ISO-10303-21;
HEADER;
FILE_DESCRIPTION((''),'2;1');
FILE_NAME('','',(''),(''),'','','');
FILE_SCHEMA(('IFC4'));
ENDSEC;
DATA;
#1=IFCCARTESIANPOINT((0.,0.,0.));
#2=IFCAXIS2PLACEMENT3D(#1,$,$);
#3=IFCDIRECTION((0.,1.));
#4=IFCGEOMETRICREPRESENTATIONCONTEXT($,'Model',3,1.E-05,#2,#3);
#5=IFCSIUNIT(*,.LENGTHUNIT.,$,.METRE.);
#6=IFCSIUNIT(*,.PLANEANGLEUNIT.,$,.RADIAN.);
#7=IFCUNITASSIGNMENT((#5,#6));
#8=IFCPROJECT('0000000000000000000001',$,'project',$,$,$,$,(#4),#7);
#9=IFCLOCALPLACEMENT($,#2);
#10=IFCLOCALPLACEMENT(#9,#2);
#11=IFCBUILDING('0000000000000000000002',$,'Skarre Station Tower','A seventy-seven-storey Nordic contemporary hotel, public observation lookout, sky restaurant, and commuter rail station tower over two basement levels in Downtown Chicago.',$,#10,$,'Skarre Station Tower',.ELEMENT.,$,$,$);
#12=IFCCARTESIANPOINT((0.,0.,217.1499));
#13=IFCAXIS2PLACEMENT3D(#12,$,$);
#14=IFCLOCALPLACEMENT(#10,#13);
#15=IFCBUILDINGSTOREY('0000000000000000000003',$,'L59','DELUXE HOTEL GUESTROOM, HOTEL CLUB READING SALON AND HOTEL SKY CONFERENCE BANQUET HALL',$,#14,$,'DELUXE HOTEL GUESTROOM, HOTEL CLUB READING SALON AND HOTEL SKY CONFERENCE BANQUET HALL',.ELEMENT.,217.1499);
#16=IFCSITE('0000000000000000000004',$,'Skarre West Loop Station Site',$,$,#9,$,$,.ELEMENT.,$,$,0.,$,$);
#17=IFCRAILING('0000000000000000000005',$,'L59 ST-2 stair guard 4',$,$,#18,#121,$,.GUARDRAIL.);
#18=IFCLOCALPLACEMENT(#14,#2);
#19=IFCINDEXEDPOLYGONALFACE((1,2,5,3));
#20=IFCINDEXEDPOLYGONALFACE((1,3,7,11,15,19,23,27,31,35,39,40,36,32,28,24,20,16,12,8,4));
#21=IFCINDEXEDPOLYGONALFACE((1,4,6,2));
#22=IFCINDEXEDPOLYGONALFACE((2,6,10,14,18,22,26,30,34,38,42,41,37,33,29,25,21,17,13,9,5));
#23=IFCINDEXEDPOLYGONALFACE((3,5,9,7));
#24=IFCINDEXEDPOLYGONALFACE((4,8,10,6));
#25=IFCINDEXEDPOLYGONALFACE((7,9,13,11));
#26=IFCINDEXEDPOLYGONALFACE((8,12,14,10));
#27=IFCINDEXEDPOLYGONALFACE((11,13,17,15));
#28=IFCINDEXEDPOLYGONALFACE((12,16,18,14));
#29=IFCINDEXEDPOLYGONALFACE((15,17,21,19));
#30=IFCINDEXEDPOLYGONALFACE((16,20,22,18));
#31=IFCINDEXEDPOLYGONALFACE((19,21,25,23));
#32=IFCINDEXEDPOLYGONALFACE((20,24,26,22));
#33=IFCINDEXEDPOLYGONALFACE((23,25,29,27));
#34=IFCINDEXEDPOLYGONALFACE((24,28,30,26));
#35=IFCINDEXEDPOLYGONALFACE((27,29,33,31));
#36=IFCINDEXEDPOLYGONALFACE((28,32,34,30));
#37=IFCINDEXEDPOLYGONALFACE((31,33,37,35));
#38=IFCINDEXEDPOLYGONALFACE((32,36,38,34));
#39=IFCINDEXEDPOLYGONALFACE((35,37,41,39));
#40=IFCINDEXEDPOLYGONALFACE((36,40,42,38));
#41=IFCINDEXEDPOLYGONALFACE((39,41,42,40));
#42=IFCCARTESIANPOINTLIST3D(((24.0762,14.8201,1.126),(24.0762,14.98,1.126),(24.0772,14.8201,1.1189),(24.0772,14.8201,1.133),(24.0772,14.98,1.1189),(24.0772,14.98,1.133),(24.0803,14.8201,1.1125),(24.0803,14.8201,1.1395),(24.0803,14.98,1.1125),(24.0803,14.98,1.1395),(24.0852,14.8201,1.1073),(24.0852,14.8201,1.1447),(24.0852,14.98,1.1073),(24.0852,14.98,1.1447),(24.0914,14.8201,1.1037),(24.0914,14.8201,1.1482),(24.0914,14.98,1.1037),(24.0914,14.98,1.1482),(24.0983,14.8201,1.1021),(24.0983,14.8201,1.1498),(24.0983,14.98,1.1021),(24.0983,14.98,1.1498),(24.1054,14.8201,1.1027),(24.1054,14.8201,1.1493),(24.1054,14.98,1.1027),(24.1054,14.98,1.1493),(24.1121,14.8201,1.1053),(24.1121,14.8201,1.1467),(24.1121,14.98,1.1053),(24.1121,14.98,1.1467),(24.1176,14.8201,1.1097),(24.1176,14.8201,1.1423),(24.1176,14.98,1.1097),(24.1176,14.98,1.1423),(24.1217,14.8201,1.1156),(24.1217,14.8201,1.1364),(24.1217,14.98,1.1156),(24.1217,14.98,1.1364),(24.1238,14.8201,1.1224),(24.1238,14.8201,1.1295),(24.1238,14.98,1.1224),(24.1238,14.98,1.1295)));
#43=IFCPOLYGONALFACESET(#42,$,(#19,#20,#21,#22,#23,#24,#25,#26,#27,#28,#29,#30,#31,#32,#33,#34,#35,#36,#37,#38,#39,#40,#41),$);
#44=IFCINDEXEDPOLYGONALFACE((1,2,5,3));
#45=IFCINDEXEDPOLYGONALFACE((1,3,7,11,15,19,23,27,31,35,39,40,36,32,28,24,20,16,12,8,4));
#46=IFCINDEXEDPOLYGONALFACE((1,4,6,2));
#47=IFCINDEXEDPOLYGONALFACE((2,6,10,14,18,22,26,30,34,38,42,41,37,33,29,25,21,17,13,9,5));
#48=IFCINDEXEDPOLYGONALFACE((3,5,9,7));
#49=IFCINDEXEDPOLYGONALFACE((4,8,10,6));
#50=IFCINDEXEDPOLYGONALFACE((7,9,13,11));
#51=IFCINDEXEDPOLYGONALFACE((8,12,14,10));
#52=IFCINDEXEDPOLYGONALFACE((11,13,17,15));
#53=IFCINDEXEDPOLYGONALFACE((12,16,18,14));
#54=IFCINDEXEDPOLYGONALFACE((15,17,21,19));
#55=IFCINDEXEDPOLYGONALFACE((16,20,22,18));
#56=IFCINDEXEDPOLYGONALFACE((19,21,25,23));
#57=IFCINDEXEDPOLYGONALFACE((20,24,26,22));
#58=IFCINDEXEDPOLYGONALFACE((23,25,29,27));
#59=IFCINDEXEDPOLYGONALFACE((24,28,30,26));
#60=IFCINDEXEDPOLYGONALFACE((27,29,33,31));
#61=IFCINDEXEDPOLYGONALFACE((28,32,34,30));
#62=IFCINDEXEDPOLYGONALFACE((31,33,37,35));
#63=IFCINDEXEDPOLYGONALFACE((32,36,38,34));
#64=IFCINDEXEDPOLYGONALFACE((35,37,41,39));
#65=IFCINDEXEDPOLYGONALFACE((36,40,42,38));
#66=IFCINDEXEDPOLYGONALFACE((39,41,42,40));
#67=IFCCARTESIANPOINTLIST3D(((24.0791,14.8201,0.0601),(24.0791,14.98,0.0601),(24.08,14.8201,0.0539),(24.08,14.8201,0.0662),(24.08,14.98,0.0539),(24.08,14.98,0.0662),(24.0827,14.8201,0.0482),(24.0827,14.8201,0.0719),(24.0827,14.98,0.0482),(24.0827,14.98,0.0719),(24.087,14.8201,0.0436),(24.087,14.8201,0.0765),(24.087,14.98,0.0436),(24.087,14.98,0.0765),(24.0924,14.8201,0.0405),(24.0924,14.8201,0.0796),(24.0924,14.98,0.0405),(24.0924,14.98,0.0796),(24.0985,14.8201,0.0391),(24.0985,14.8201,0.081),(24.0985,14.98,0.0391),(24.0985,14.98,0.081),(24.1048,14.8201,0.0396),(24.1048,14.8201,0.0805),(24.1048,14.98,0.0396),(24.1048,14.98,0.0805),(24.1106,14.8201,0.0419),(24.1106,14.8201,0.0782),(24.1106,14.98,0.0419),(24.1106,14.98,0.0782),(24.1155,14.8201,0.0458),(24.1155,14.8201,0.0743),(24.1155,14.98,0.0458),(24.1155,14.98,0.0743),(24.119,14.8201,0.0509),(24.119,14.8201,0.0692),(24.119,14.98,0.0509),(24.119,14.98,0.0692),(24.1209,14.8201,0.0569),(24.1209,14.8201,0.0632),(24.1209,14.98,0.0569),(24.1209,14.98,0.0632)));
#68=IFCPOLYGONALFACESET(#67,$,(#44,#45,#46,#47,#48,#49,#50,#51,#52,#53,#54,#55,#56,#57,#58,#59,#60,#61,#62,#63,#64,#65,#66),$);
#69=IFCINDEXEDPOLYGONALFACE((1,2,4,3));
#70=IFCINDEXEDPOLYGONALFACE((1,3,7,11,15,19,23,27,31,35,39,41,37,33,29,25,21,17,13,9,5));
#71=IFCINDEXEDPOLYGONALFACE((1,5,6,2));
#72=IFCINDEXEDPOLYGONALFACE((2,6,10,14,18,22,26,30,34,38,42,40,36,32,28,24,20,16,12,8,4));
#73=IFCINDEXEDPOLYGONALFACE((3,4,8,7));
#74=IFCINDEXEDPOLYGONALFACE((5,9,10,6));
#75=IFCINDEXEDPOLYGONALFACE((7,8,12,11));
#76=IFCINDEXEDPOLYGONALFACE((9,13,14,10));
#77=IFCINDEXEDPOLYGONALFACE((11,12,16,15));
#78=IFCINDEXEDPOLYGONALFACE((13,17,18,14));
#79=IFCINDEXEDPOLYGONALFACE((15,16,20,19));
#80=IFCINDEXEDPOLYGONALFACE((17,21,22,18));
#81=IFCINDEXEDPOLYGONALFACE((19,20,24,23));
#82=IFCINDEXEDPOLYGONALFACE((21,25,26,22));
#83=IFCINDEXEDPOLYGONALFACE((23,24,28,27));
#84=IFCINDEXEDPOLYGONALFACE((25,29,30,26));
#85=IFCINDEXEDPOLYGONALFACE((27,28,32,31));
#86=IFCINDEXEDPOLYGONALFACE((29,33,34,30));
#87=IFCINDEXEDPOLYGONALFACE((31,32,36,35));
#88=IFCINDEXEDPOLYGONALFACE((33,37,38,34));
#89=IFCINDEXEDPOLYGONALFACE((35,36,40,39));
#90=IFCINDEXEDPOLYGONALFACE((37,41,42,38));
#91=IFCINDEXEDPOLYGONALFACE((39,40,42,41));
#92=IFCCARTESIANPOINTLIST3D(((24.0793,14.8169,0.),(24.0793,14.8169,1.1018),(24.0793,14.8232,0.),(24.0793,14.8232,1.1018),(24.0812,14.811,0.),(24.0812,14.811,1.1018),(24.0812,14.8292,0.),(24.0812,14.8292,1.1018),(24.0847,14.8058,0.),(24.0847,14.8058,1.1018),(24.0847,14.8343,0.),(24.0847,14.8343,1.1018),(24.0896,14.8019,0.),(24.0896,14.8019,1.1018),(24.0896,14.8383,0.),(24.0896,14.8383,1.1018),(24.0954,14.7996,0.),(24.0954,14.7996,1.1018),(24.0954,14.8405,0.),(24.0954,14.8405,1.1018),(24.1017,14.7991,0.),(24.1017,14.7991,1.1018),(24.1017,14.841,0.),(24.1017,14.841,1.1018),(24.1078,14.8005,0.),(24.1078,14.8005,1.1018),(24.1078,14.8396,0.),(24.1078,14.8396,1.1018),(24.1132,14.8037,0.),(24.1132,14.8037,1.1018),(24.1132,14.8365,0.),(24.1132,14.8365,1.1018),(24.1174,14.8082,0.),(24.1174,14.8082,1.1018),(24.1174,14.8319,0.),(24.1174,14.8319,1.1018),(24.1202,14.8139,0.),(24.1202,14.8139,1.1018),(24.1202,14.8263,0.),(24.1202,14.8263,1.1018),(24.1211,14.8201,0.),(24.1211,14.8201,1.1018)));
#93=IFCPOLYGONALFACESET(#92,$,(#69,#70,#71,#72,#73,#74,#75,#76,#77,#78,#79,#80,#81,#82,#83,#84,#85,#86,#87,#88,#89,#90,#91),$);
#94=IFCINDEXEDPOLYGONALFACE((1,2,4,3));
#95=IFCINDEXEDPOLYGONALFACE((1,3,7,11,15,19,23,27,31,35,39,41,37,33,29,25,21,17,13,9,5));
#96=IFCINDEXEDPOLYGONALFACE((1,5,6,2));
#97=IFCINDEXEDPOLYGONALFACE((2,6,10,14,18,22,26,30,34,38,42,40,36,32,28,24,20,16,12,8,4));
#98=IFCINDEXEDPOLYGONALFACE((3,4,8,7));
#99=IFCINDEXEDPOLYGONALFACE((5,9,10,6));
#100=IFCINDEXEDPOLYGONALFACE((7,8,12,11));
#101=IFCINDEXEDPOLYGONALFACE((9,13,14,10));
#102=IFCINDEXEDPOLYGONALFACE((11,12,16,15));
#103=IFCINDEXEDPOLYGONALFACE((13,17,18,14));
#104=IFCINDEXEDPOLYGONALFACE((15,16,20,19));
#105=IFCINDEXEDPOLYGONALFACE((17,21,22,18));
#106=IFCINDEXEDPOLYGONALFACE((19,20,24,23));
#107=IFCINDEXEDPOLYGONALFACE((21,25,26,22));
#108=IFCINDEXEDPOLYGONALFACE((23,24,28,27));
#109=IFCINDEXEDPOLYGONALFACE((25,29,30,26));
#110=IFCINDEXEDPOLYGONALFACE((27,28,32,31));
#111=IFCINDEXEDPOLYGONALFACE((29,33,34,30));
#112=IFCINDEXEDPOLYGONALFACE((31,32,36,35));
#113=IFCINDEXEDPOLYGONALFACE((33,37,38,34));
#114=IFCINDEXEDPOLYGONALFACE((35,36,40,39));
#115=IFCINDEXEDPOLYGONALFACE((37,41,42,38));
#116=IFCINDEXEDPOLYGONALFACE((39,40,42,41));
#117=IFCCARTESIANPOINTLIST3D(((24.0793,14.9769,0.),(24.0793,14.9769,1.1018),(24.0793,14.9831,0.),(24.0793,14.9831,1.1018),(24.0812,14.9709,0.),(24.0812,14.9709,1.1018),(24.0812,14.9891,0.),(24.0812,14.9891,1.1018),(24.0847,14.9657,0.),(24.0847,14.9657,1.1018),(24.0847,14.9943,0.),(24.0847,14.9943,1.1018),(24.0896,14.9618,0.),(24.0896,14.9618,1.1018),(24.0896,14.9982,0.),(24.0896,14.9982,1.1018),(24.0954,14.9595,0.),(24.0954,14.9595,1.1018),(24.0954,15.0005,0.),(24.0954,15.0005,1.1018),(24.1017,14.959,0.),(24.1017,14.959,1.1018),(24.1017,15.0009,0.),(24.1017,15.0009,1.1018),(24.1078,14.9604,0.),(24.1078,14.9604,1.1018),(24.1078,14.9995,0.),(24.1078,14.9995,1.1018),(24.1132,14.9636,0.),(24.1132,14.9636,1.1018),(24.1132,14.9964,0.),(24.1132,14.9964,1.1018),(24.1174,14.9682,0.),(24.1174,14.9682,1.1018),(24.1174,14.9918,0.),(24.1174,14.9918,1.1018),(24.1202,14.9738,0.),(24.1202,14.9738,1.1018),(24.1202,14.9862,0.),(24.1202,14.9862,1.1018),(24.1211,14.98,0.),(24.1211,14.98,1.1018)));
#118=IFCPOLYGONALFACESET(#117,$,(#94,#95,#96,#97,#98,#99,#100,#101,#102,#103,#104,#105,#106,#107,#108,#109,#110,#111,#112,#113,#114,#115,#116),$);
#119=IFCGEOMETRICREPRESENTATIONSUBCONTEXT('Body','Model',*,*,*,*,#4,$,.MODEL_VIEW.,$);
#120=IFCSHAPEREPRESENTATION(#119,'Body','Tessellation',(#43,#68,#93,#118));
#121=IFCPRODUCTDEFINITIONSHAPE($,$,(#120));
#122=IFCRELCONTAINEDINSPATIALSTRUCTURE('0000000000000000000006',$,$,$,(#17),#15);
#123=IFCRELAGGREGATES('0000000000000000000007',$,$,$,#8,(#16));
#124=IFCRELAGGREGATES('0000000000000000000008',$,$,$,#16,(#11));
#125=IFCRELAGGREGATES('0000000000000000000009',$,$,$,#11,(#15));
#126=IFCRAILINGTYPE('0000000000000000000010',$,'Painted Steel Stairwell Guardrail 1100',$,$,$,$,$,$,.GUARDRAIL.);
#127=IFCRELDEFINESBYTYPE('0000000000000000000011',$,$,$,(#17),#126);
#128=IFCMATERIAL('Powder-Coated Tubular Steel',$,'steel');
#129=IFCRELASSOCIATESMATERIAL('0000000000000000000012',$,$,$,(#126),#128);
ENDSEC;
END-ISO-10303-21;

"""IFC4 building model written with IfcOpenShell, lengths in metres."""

from ifc_helpers import new_model, si_unit, direction, frame, origin, origin_2d, place, context, subcontext, project, spatial, circle, extrude, material, type_object, element, save


model = new_model("IFC4")

# Units and contexts
model_context = context("Model", 3, precision=1e-05, world=origin(), true_north=direction((0.0, 1.0)))
body_context = subcontext(model_context, "Body", "Model", "MODEL_VIEW")
ifc_project = project(units=[si_unit("LENGTHUNIT", "METRE"), si_unit("PLANEANGLEUNIT", "RADIAN")], contexts=[model_context])

# Site, building, storey
site_placement = place(None, origin())
site = spatial("IfcSite", under=ifc_project, at=site_placement, Name="Skarre West Loop Station Site", CompositionType="ELEMENT", RefElevation=0.0)
building_placement = place(site_placement, origin())
building = spatial("IfcBuilding", under=site, at=building_placement, Name="Skarre Station Tower", Description="A seventy-seven-storey Nordic contemporary hotel, public observation lookout, sky restaurant, and commuter rail station tower over two basement levels in Downtown Chicago.", LongName="Skarre Station Tower", CompositionType="ELEMENT")
storey_placement = place(building_placement, frame((0.0, 0.0, 217.1499)))
storey = spatial("IfcBuildingStorey", under=building, at=storey_placement, Name="L59", Description="DELUXE HOTEL GUESTROOM, HOTEL CLUB READING SALON AND HOTEL SKY CONFERENCE BANQUET HALL", LongName="DELUXE HOTEL GUESTROOM, HOTEL CLUB READING SALON AND HOTEL SKY CONFERENCE BANQUET HALL", CompositionType="ELEMENT", Elevation=217.1499)

# Railing
ifc_material_1 = material(Name="Powder-Coated Tubular Steel", Category="steel")
railing_type_1 = type_object("IfcRailingType", Name="Painted Steel Stairwell Guardrail 1100", PredefinedType="GUARDRAIL", material=ifc_material_1)
railing_1_placement = place(storey_placement, frame((24.1001, 14.8201, 0.0)))
element("IfcRailing", 1, at=railing_1_placement, inside=storey, type_object=railing_type_1, Name="L59 ST-2 stair guard 4", PredefinedType="GUARDRAIL", context=body_context, shape_type="SweptSolid", body=[
    extrude(circle(Radius=0.0239, at=origin_2d()), frame((0.0, 0.0, 1.126), z_axis=(0.0, 1.0, 0.0), x_axis=(-1.0, 0.0, 0.0)), (0.0, 0.0, 1.0), 0.1599),
    extrude(circle(Radius=0.021, at=origin_2d()), frame((0.0, 0.0, 0.0601), z_axis=(0.0, 1.0, 0.0), x_axis=(-1.0, 0.0, 0.0)), (0.0, 0.0, 1.0), 0.1599),
    extrude(circle(Radius=0.021, at=origin_2d()), origin(), (0.0, 0.0, 1.0), 1.1018),
    extrude(circle(Radius=0.021, at=origin_2d()), frame((0.0, 0.1599, 0.0)), (0.0, 0.0, 1.0), 1.1018),
])

save(model, "model.ifc")
